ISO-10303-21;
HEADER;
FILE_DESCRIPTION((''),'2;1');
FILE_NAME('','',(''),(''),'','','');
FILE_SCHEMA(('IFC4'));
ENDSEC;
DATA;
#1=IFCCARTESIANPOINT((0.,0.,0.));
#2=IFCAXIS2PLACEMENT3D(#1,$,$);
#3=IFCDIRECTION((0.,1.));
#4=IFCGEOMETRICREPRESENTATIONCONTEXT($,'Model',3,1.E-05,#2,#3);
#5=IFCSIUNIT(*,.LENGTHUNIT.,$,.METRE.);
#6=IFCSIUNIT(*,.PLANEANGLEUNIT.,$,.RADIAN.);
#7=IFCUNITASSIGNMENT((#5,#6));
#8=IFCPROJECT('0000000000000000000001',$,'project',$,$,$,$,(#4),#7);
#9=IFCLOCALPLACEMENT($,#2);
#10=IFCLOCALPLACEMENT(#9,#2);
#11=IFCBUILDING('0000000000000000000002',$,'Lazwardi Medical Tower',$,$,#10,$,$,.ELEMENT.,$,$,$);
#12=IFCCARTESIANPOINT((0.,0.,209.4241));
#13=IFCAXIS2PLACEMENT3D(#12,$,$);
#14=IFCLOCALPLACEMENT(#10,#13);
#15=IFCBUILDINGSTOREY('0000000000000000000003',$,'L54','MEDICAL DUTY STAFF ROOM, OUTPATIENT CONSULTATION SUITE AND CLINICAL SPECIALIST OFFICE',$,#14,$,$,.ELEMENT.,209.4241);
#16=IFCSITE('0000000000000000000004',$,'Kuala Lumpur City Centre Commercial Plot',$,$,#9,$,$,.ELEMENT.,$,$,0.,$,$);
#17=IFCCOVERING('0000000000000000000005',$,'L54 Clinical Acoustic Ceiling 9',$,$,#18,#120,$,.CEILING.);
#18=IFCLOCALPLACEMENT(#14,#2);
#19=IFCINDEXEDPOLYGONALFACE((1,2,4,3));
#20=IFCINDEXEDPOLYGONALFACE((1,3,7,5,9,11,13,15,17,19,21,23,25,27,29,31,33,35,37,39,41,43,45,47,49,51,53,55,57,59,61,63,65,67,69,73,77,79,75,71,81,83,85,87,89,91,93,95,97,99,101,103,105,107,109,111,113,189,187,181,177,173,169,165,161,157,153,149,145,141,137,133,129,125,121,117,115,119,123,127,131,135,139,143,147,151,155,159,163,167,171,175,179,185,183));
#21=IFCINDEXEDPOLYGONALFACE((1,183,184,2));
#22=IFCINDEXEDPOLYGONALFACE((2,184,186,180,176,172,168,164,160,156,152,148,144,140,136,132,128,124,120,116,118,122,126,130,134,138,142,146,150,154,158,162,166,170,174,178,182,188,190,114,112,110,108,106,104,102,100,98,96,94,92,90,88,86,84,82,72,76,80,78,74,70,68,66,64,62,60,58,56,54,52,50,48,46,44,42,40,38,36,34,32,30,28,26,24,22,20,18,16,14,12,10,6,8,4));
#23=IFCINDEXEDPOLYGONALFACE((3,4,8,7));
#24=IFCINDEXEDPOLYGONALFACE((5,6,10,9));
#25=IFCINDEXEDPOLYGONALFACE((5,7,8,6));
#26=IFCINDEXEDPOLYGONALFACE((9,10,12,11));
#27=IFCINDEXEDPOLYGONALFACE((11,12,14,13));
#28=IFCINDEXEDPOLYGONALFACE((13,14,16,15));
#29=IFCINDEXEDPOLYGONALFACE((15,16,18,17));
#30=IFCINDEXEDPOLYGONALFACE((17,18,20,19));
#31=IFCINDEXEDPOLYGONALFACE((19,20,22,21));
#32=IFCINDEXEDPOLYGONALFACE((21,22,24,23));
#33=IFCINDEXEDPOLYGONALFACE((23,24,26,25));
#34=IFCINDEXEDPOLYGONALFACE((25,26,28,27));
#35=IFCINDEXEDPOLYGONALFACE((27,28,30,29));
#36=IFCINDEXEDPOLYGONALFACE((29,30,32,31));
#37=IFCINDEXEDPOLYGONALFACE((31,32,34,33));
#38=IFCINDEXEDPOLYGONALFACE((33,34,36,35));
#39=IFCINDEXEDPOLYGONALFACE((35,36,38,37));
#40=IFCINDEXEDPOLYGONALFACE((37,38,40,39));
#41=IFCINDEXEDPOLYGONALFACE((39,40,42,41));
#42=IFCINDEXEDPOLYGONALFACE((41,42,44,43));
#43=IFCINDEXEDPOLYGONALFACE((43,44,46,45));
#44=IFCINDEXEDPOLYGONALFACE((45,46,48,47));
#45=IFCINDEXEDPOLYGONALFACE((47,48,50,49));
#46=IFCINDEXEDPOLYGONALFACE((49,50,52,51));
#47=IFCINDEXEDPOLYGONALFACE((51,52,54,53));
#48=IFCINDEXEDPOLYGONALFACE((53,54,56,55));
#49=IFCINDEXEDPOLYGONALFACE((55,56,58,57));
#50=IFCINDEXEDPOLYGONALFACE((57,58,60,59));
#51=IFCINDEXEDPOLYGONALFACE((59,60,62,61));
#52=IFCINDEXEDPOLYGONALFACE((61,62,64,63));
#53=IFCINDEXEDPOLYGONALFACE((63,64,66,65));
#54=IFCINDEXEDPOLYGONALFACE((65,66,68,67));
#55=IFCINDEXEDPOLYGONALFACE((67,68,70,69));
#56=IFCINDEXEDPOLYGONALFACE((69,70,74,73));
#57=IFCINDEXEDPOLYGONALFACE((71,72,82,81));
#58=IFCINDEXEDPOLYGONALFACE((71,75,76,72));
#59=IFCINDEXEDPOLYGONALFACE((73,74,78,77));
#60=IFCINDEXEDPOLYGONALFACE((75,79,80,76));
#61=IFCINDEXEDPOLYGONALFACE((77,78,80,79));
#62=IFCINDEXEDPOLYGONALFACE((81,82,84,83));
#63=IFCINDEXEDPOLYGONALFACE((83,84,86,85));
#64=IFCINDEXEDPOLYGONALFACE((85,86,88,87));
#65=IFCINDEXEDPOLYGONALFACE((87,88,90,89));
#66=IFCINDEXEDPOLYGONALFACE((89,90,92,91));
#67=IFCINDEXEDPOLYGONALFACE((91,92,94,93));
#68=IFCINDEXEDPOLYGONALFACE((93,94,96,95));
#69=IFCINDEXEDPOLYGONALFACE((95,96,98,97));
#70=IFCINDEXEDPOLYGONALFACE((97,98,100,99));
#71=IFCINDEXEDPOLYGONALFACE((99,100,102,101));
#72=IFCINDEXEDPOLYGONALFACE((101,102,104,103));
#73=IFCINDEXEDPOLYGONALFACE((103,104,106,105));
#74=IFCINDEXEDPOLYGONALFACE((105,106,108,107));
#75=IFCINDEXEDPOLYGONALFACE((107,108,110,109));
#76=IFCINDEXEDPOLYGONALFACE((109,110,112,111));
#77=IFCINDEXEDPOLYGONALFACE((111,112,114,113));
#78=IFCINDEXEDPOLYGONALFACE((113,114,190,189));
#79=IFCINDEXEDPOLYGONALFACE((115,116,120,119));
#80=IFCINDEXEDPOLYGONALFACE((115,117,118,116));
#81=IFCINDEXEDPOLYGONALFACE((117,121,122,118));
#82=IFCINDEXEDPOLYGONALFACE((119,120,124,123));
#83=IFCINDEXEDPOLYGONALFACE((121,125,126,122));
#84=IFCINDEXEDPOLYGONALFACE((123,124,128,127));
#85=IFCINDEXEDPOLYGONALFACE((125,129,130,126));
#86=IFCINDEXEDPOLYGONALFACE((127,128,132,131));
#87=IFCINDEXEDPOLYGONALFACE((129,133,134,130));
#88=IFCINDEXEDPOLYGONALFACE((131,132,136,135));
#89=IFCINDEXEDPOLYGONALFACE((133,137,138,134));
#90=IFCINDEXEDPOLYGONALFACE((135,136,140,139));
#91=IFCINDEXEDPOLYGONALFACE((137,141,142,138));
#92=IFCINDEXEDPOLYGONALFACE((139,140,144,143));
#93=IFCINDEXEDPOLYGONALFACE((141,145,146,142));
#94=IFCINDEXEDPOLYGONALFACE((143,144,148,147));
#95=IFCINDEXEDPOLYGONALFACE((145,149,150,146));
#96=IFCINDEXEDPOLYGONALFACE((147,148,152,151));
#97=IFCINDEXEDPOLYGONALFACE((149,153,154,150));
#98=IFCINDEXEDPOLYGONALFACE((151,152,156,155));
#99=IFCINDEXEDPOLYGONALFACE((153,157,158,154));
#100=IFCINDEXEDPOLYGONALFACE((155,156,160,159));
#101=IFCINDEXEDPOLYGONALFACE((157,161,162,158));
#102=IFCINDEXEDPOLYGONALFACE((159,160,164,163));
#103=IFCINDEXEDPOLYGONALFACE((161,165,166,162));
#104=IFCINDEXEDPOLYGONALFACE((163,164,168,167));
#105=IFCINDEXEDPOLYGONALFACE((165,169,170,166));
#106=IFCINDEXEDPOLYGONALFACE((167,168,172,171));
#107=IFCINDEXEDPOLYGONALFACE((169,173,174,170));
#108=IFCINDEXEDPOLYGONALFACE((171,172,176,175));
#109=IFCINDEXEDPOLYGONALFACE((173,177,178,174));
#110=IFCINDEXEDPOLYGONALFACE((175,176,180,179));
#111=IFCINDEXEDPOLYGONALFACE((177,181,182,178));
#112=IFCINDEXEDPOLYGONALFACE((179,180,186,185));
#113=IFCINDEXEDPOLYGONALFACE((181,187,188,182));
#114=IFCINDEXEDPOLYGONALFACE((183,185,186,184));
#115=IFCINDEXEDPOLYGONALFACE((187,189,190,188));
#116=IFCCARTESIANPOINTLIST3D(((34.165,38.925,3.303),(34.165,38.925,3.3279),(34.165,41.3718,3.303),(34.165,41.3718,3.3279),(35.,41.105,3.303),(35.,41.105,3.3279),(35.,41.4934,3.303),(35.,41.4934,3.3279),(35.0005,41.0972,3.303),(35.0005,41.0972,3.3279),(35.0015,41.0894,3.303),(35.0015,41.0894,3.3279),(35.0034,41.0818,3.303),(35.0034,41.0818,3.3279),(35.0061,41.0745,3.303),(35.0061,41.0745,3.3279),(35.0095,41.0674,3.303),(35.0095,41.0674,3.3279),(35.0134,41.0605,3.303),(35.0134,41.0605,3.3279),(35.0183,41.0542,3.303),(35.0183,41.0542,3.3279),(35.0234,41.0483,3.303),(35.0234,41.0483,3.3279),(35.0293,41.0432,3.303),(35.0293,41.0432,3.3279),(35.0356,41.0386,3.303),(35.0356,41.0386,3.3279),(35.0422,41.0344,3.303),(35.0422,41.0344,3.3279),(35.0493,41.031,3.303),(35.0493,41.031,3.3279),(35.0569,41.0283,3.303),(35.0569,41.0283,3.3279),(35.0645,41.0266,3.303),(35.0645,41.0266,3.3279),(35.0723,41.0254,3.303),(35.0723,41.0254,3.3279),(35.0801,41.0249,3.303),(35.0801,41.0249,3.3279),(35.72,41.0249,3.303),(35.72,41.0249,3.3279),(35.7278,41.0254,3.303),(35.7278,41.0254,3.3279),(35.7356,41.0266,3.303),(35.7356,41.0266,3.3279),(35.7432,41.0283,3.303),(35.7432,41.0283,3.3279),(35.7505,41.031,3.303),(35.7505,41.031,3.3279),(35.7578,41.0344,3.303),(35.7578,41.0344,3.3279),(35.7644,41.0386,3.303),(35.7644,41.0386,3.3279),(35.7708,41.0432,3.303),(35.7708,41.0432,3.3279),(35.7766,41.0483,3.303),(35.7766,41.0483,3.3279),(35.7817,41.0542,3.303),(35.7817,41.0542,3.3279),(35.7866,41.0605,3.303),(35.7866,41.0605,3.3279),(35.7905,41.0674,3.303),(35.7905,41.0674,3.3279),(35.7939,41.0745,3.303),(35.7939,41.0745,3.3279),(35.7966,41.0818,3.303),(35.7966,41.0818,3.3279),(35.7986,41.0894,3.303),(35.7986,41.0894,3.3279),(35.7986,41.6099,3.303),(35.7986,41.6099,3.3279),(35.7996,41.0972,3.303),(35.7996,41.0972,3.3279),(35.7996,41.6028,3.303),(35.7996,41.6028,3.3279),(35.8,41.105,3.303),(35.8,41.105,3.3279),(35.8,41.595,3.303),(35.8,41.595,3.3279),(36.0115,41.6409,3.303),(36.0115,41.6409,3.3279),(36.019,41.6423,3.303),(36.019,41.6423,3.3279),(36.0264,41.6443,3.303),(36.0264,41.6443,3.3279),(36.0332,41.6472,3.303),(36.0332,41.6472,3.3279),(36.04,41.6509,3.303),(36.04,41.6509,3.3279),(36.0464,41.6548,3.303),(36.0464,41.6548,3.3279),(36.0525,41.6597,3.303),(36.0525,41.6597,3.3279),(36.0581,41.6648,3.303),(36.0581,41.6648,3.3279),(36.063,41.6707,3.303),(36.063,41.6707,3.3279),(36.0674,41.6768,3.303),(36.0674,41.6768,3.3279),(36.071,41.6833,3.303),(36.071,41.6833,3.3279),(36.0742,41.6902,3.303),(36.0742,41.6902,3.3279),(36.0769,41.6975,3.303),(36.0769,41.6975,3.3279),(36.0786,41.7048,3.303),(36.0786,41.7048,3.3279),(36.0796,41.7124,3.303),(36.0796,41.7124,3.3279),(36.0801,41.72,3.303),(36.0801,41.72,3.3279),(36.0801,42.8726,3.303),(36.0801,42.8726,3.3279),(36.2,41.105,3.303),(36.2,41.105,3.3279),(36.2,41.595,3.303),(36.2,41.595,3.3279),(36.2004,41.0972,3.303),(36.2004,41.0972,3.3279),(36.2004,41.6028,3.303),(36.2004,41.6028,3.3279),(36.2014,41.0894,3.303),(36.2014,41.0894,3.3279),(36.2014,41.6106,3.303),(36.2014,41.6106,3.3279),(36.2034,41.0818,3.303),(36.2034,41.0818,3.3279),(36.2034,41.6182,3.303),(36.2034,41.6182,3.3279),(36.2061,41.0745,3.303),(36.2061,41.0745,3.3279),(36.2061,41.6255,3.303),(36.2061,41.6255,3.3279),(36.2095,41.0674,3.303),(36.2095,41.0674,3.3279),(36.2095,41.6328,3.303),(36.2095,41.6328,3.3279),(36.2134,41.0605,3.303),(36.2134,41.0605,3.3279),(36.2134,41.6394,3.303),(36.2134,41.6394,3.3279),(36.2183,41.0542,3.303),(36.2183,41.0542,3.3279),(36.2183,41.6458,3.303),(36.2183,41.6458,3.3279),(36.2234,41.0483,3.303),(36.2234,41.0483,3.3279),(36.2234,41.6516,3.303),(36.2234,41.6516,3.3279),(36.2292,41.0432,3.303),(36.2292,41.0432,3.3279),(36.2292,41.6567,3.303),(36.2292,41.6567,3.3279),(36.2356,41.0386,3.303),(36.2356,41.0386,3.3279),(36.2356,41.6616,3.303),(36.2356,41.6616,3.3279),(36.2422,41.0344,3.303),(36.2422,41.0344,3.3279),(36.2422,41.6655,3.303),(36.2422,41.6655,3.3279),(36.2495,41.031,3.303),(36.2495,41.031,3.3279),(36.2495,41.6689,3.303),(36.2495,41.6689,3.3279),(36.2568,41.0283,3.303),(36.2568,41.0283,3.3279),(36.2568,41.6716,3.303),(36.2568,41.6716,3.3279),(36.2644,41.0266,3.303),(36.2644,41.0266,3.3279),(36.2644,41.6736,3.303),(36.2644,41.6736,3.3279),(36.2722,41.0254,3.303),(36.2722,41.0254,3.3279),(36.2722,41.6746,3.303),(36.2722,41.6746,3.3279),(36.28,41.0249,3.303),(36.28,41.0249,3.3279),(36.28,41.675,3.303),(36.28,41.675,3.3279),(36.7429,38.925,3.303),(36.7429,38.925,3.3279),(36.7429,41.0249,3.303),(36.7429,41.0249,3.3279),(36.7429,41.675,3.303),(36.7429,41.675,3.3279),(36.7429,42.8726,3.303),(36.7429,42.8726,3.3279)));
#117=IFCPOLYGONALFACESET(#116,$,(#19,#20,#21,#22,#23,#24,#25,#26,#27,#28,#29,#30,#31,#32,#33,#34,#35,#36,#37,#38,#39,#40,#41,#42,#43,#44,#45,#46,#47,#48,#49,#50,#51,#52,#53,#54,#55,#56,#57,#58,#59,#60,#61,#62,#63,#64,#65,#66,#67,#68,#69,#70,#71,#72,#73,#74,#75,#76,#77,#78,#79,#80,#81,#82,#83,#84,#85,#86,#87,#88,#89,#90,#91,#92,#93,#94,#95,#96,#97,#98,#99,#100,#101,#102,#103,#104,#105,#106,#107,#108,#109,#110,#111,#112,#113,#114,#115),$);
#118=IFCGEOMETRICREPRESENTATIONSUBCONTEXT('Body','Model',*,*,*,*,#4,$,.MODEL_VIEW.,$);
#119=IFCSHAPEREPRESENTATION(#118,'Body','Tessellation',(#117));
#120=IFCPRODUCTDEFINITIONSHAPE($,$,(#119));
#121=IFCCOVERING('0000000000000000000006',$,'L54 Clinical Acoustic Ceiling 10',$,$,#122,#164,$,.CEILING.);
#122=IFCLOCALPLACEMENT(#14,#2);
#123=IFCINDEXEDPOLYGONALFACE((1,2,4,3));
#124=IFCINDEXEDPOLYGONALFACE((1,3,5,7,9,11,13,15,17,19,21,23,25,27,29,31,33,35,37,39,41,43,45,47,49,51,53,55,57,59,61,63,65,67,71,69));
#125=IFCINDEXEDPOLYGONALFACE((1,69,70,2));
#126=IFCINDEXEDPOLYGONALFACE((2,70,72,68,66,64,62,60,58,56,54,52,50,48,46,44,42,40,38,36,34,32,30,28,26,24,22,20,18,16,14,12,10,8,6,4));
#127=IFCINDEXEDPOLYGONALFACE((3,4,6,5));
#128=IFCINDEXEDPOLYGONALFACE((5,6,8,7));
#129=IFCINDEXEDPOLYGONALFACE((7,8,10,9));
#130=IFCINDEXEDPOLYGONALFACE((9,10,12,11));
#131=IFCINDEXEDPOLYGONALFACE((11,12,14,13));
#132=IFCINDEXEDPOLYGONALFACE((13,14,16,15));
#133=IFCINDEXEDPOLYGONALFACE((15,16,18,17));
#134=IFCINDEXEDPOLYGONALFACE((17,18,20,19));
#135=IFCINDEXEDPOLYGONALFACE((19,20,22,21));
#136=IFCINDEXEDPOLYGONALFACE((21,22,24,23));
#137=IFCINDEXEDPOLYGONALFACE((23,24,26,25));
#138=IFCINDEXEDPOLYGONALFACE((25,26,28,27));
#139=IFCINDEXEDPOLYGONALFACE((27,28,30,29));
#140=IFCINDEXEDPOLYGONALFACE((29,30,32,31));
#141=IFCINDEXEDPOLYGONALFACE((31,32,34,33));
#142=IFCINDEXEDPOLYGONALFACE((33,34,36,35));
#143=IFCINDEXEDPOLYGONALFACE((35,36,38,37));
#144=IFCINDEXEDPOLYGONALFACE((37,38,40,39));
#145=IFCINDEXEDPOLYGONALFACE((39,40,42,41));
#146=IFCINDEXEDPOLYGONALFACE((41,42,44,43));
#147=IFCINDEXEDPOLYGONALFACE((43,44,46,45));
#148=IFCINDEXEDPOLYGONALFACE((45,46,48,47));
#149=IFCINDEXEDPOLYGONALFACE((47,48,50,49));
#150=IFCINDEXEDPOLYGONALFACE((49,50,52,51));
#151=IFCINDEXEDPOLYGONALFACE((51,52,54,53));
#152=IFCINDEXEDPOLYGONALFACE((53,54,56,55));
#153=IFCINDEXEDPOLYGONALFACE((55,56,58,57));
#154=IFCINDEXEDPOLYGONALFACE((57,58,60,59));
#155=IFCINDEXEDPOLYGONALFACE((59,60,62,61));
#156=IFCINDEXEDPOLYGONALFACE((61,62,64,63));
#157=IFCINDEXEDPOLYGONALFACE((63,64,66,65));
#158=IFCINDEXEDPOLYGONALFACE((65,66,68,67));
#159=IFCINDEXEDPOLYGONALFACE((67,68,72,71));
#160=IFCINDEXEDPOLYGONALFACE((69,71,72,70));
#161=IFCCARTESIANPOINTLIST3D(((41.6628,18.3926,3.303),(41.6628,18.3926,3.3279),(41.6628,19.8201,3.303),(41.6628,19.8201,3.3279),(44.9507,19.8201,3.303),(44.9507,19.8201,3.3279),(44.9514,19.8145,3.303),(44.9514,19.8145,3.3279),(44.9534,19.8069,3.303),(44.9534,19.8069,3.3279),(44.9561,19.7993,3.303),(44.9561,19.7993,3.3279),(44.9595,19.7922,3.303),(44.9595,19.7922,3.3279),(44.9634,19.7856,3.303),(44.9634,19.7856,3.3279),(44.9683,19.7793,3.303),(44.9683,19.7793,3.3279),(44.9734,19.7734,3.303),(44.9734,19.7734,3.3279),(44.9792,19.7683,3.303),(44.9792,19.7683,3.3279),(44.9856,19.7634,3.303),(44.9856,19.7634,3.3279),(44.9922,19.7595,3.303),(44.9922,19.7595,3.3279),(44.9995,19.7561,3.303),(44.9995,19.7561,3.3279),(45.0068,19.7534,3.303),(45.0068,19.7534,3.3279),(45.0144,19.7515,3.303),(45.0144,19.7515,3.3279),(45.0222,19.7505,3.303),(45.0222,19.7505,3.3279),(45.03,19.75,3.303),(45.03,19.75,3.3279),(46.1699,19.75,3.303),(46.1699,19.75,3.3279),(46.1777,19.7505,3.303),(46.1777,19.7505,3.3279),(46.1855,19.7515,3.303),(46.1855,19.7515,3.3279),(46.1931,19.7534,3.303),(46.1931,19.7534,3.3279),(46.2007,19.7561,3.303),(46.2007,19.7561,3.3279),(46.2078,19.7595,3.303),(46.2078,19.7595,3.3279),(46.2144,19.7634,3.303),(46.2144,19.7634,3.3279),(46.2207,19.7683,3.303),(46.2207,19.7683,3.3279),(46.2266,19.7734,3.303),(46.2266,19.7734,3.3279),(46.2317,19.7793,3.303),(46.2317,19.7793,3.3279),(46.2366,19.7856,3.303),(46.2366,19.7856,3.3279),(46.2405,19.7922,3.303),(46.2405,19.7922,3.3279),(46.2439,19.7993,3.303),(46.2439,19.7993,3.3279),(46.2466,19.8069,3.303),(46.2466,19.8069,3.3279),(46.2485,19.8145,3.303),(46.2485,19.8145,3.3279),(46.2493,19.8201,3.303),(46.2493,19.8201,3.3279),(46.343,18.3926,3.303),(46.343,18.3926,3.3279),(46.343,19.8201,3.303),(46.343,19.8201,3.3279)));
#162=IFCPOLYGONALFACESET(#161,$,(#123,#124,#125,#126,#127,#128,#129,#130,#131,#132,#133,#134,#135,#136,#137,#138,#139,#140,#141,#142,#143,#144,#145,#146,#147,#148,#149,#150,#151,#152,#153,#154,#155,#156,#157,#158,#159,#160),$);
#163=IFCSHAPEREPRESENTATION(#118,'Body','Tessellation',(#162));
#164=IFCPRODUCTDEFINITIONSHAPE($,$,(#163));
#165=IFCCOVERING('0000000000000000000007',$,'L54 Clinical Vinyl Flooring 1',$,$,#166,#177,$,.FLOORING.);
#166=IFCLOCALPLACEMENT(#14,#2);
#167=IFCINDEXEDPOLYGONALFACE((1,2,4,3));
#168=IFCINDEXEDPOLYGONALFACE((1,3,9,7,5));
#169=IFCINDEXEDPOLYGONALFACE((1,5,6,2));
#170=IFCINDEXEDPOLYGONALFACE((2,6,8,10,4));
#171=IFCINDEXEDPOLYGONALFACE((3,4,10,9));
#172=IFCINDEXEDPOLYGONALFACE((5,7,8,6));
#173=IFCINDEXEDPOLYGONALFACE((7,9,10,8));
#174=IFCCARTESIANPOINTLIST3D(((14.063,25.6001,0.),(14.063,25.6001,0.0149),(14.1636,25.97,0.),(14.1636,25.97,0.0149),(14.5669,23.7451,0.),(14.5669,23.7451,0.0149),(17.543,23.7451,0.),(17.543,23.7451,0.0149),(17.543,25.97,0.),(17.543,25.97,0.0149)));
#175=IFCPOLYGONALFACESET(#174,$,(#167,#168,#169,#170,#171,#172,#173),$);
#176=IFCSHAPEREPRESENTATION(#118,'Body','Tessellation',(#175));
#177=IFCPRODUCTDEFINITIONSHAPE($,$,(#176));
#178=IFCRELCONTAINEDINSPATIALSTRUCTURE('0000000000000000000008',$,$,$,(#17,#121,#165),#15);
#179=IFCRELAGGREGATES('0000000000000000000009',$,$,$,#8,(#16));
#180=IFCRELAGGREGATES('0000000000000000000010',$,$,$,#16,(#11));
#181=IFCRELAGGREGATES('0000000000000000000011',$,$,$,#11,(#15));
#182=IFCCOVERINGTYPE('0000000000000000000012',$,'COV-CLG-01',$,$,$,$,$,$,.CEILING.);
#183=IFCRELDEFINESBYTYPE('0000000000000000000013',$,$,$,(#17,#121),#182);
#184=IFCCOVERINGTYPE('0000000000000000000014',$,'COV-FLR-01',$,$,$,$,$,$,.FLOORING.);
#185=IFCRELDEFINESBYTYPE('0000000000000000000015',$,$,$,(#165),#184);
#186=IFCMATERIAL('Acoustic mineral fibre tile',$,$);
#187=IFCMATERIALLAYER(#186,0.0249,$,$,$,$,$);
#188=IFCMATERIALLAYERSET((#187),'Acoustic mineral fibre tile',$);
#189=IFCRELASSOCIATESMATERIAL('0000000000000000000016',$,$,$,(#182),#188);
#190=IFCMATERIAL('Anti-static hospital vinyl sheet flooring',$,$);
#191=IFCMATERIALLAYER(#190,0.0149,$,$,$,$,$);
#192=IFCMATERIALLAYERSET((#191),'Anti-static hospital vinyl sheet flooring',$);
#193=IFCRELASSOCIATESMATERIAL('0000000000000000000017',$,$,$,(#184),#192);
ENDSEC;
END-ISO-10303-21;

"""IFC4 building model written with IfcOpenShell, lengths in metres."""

from ifc_helpers import new_model, si_unit, direction, frame, origin, place, context, subcontext, project, spatial, polyline, outline, extrude, material, layer, layer_set, type_object, element, save


model = new_model("IFC4")

# Units and contexts
model_context = context("Model", 3, precision=1e-05, world=origin(), true_north=direction((0.0, 1.0)))
body_context = subcontext(model_context, "Body", "Model", "MODEL_VIEW")
ifc_project = project(units=[si_unit("LENGTHUNIT", "METRE"), si_unit("PLANEANGLEUNIT", "RADIAN")], contexts=[model_context])

# Site, building, storey
site_placement = place(None, origin())
site = spatial("IfcSite", under=ifc_project, at=site_placement, Name="Kuala Lumpur City Centre Commercial Plot", CompositionType="ELEMENT", RefElevation=0.0)
building_placement = place(site_placement, origin())
building = spatial("IfcBuilding", under=site, at=building_placement, Name="Lazwardi Medical Tower", CompositionType="ELEMENT")
storey_placement = place(building_placement, frame((0.0, 0.0, 209.4241)))
storey = spatial("IfcBuildingStorey", under=building, at=storey_placement, Name="L54", Description="MEDICAL DUTY STAFF ROOM, OUTPATIENT CONSULTATION SUITE AND CLINICAL SPECIALIST OFFICE", CompositionType="ELEMENT", Elevation=209.4241)

# Coverings
ifc_material_1 = material(Name="Acoustic mineral fibre tile")
ifc_layer_1 = layer(ifc_material_1, 0.0249)
ifc_layer_set_1 = layer_set([ifc_layer_1], Name="Acoustic mineral fibre tile")
covering_type_1 = type_object("IfcCoveringType", Name="COV-CLG-01", PredefinedType="CEILING", material=ifc_layer_set_1)
covering_1_placement = place(storey_placement, frame((0.0, 0.0, 3.303)))
element("IfcCovering", 1, at=covering_1_placement, inside=storey, type_object=covering_type_1, Name="L54 Clinical Acoustic Ceiling 9", PredefinedType="CEILING", context=body_context, shape_type="SweptSolid", body=[
    extrude(outline(polyline([(36.7429, 41.0249), (36.28, 41.0249), (36.2722, 41.0254), (36.2644, 41.0266), (36.2568, 41.0283), (36.2495, 41.031), (36.2422, 41.0344), (36.2356, 41.0386), (36.2292, 41.0432), (36.2234, 41.0483), (36.2183, 41.0542), (36.2134, 41.0605), (36.2095, 41.0674), (36.2061, 41.0745), (36.2034, 41.0818), (36.2014, 41.0894), (36.2004, 41.0972), (36.2, 41.105), (36.2, 41.595), (36.2004, 41.6028), (36.2014, 41.6106), (36.2034, 41.6182), (36.2061, 41.6255), (36.2095, 41.6328), (36.2134, 41.6394), (36.2183, 41.6458), (36.2234, 41.6516), (36.2292, 41.6567), (36.2356, 41.6616), (36.2422, 41.6655), (36.2495, 41.6689), (36.2568, 41.6716), (36.2644, 41.6736), (36.2722, 41.6746), (36.28, 41.675), (36.7429, 41.675), (36.7429, 42.8726), (36.0801, 42.8726), (36.0801, 41.72), (36.0796, 41.7124), (36.0786, 41.7048), (36.0769, 41.6975), (36.0742, 41.6902), (36.071, 41.6833), (36.0674, 41.6768), (36.063, 41.6707), (36.0581, 41.6648), (36.0525, 41.6597), (36.0464, 41.6548), (36.04, 41.6509), (36.0332, 41.6472), (36.0264, 41.6443), (36.019, 41.6423), (36.0115, 41.6409), (35.7986, 41.6099), (35.7996, 41.6028), (35.8, 41.595), (35.8, 41.105), (35.7996, 41.0972), (35.7986, 41.0894), (35.7966, 41.0818), (35.7939, 41.0745), (35.7905, 41.0674), (35.7866, 41.0605), (35.7817, 41.0542), (35.7766, 41.0483), (35.7708, 41.0432), (35.7644, 41.0386), (35.7578, 41.0344), (35.7505, 41.031), (35.7432, 41.0283), (35.7356, 41.0266), (35.7278, 41.0254), (35.72, 41.0249), (35.0801, 41.0249), (35.0723, 41.0254), (35.0645, 41.0266), (35.0569, 41.0283), (35.0493, 41.031), (35.0422, 41.0344), (35.0356, 41.0386), (35.0293, 41.0432), (35.0234, 41.0483), (35.0183, 41.0542), (35.0134, 41.0605), (35.0095, 41.0674), (35.0061, 41.0745), (35.0034, 41.0818), (35.0015, 41.0894), (35.0005, 41.0972), (35.0, 41.105), (35.0, 41.4934), (34.165, 41.3718), (34.165, 38.925), (36.7429, 38.925), (36.7429, 41.0249)])), origin(), (0.0, 0.0, 1.0), 0.0249),
])
covering_2_placement = place(storey_placement, frame((0.0, 0.0, 3.303)))
element("IfcCovering", 2, at=covering_2_placement, inside=storey, type_object=covering_type_1, Name="L54 Clinical Acoustic Ceiling 10", PredefinedType="CEILING", context=body_context, shape_type="SweptSolid", body=[
    extrude(outline(polyline([(46.343, 19.8201), (46.2493, 19.8201), (46.2485, 19.8145), (46.2466, 19.8069), (46.2439, 19.7993), (46.2405, 19.7922), (46.2366, 19.7856), (46.2317, 19.7793), (46.2266, 19.7734), (46.2207, 19.7683), (46.2144, 19.7634), (46.2078, 19.7595), (46.2007, 19.7561), (46.1931, 19.7534), (46.1855, 19.7515), (46.1777, 19.7505), (46.1699, 19.75), (45.03, 19.75), (45.0222, 19.7505), (45.0144, 19.7515), (45.0068, 19.7534), (44.9995, 19.7561), (44.9922, 19.7595), (44.9856, 19.7634), (44.9792, 19.7683), (44.9734, 19.7734), (44.9683, 19.7793), (44.9634, 19.7856), (44.9595, 19.7922), (44.9561, 19.7993), (44.9534, 19.8069), (44.9514, 19.8145), (44.9507, 19.8201), (41.6628, 19.8201), (41.6628, 18.3926), (46.343, 18.3926), (46.343, 19.8201)])), origin(), (0.0, 0.0, 1.0), 0.0249),
])
ifc_material_2 = material(Name="Anti-static hospital vinyl sheet flooring")
ifc_layer_2 = layer(ifc_material_2, 0.0149)
ifc_layer_set_2 = layer_set([ifc_layer_2], Name="Anti-static hospital vinyl sheet flooring")
covering_type_2 = type_object("IfcCoveringType", Name="COV-FLR-01", PredefinedType="FLOORING", material=ifc_layer_set_2)
covering_3_placement = place(storey_placement, origin())
element("IfcCovering", 3, at=covering_3_placement, inside=storey, type_object=covering_type_2, Name="L54 Clinical Vinyl Flooring 1", PredefinedType="FLOORING", context=body_context, shape_type="SweptSolid", body=[
    extrude(outline(polyline([(17.543, 25.97), (14.1636, 25.97), (14.063, 25.6001), (14.5669, 23.7451), (17.543, 23.7451), (17.543, 25.97)])), origin(), (0.0, 0.0, 1.0), 0.0149),
])

save(model, "model.ifc")
